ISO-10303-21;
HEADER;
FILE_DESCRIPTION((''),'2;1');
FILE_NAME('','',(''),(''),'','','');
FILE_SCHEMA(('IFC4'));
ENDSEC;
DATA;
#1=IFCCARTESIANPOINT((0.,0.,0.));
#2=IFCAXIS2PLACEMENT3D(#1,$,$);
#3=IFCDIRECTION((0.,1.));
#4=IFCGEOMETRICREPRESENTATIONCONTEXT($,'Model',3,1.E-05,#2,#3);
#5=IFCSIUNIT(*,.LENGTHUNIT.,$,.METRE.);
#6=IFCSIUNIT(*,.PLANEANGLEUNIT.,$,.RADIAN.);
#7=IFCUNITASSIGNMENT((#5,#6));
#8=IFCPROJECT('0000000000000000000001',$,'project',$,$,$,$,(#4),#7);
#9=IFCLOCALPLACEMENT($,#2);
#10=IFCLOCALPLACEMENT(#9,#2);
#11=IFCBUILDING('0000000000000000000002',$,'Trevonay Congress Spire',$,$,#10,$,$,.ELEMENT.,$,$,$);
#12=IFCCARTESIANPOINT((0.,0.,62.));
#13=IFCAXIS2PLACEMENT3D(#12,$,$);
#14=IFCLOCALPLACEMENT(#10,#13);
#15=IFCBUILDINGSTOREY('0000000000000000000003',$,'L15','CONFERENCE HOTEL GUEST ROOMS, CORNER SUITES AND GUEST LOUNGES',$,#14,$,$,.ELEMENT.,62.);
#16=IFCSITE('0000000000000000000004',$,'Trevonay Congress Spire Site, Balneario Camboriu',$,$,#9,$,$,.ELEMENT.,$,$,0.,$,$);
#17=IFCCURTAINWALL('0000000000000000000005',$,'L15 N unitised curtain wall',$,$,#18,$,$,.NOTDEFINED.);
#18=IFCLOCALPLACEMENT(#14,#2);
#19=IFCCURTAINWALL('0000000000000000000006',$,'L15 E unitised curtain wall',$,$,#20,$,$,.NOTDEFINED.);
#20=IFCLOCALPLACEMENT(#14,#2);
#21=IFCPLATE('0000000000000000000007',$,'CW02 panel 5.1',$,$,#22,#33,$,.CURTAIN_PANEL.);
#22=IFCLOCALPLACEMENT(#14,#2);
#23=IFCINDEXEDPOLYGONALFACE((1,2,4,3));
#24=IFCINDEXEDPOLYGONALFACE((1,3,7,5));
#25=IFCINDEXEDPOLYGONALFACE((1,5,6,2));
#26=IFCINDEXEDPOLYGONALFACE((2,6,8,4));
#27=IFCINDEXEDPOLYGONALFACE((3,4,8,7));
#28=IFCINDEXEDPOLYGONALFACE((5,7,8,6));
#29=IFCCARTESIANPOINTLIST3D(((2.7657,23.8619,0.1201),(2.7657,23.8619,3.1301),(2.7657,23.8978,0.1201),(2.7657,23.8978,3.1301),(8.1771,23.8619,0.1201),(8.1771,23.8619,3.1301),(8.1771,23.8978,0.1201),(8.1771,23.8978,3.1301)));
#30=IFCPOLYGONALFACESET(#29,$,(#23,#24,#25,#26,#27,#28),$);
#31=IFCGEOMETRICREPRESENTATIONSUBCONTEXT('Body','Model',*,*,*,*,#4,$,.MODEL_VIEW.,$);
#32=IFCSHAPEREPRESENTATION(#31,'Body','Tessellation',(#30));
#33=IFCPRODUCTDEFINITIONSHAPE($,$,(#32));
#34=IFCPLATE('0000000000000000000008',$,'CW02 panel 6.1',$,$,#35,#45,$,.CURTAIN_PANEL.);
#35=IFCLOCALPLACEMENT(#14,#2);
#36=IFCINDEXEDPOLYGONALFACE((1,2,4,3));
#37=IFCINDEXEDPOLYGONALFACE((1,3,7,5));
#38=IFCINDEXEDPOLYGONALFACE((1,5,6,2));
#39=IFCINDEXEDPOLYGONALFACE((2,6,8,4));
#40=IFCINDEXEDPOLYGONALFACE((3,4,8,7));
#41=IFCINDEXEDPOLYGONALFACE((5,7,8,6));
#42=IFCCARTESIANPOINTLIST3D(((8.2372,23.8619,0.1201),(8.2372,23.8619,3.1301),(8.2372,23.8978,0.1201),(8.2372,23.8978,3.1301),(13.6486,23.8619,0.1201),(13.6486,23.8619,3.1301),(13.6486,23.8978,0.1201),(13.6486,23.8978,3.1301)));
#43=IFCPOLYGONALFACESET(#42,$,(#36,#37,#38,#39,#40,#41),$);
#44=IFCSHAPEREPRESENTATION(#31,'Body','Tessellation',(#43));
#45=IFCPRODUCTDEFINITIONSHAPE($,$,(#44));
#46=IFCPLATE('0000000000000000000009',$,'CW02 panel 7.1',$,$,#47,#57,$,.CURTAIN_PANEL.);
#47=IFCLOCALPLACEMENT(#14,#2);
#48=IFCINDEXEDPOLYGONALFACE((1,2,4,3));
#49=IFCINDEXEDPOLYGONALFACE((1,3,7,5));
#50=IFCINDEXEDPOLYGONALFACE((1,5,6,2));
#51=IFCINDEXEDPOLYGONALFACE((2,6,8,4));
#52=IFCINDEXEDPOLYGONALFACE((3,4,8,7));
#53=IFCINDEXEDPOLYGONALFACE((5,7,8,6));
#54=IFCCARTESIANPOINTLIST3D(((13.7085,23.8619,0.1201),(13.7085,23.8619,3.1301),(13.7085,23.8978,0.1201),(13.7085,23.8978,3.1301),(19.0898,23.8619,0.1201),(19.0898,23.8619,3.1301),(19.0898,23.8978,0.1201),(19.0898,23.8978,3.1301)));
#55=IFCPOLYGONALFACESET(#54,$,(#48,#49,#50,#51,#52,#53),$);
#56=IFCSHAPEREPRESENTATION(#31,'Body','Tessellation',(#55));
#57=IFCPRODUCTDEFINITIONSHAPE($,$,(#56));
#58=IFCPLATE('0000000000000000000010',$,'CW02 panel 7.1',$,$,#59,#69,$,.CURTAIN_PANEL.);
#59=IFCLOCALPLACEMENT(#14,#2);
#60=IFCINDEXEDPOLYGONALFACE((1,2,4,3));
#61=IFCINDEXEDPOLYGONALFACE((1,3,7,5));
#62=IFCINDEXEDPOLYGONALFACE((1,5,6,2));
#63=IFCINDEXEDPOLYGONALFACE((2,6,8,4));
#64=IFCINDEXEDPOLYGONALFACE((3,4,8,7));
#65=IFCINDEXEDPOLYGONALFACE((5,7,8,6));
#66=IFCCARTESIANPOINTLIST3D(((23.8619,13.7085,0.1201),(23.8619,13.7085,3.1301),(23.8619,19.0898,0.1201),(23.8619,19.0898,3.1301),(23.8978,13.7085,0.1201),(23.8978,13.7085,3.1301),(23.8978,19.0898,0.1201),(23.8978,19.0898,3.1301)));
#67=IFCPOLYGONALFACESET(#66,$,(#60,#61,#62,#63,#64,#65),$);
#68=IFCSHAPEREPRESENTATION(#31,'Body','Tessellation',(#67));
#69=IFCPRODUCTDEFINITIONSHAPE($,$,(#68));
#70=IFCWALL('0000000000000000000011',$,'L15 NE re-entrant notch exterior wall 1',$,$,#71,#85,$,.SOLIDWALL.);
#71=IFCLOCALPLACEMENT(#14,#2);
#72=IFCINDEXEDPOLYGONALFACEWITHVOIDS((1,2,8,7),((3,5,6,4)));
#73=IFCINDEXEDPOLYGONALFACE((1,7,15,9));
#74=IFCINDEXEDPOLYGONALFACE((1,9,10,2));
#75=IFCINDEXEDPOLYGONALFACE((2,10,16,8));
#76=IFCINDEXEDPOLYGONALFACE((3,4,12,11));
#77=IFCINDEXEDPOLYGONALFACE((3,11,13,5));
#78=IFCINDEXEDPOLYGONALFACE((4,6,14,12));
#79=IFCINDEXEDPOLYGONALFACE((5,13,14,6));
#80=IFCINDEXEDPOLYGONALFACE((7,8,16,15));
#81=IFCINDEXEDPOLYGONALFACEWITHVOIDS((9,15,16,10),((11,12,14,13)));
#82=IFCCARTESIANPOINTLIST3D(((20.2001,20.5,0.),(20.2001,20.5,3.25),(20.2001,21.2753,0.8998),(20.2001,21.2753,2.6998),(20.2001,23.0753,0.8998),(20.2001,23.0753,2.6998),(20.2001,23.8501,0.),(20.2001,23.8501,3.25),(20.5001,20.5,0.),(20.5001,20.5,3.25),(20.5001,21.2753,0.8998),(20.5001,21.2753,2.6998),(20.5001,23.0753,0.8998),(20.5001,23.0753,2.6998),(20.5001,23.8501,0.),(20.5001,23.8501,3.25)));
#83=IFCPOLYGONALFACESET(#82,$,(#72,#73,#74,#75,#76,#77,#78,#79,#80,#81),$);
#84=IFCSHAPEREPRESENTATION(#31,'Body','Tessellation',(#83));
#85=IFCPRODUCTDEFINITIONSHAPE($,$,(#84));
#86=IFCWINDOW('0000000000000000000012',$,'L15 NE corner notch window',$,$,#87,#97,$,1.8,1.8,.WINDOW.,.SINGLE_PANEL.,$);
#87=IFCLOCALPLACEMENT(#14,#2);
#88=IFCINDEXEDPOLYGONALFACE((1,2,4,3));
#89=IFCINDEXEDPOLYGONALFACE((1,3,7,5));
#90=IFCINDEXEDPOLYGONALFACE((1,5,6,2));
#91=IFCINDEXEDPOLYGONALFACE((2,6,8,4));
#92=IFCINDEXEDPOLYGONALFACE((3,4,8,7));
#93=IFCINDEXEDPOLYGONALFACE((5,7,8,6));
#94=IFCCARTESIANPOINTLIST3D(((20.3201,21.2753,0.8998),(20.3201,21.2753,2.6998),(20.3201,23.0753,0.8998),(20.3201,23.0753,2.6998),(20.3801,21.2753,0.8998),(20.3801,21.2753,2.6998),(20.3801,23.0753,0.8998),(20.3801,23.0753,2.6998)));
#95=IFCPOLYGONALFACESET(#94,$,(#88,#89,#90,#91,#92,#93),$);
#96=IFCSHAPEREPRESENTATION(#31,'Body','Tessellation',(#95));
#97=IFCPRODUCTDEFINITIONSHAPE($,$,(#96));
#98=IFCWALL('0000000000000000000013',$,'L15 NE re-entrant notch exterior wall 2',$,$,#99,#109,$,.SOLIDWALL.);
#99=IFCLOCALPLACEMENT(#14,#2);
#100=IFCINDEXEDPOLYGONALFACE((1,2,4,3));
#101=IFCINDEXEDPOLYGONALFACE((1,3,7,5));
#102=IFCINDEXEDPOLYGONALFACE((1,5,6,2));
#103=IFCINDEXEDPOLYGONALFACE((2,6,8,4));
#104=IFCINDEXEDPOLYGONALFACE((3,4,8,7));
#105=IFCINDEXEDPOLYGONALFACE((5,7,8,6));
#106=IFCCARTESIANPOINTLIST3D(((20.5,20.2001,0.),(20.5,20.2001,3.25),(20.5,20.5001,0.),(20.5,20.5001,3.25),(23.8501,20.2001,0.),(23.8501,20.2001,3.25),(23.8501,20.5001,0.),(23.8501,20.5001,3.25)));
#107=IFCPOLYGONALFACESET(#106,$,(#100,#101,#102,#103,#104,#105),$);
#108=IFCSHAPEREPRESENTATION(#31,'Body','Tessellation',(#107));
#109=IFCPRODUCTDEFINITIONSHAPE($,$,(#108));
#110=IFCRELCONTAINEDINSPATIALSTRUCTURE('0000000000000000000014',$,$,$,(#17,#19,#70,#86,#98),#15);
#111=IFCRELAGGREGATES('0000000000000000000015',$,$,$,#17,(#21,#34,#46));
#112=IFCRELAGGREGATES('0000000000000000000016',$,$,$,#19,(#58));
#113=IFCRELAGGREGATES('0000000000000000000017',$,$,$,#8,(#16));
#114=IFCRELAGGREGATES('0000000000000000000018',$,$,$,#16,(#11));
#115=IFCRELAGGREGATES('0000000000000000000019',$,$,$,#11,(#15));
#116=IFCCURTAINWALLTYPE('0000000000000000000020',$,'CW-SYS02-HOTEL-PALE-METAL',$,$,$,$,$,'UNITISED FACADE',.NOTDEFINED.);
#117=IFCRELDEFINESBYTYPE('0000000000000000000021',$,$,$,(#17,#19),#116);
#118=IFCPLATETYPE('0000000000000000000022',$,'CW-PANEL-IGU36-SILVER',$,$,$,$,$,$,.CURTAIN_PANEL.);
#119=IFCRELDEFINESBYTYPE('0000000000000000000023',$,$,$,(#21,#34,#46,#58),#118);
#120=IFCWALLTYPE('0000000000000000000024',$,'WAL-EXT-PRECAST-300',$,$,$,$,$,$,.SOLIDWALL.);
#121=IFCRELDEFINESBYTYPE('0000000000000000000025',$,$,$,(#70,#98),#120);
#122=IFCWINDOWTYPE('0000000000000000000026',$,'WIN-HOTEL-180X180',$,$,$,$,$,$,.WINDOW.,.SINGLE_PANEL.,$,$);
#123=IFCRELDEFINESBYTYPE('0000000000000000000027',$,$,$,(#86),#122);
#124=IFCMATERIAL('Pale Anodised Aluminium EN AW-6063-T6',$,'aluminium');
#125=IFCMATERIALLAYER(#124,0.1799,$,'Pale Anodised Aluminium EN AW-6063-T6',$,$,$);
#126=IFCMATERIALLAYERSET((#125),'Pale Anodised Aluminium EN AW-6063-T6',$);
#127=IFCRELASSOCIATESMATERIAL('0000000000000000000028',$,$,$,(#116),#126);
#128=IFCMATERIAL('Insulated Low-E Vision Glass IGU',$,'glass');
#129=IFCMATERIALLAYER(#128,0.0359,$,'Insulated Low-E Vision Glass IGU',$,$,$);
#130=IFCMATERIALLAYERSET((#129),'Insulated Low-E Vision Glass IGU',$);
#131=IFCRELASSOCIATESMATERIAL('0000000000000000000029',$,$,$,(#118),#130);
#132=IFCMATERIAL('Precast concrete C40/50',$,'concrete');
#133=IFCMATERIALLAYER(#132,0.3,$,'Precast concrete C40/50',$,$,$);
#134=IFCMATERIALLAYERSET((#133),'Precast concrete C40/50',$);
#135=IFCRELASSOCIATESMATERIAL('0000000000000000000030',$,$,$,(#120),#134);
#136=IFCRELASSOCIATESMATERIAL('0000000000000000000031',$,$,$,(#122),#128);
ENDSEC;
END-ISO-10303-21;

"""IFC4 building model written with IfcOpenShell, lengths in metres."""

from ifc_helpers import new_model, si_unit, direction, frame, frame_2d, origin, origin_2d, place, context, subcontext, project, spatial, rectangle, extrude, material, layer, layer_set, type_object, element, fill, aggregate, save


model = new_model("IFC4")

# Units and contexts
model_context = context("Model", 3, precision=1e-05, world=origin(), true_north=direction((0.0, 1.0)))
body_context = subcontext(model_context, "Body", "Model", "MODEL_VIEW")
ifc_project = project(units=[si_unit("LENGTHUNIT", "METRE"), si_unit("PLANEANGLEUNIT", "RADIAN")], contexts=[model_context])

# Site, building, storey
site_placement = place(None, origin())
site = spatial("IfcSite", under=ifc_project, at=site_placement, Name="Trevonay Congress Spire Site, Balneario Camboriu", CompositionType="ELEMENT", RefElevation=0.0)
building_placement = place(site_placement, origin())
building = spatial("IfcBuilding", under=site, at=building_placement, Name="Trevonay Congress Spire", CompositionType="ELEMENT")
storey_placement = place(building_placement, frame((0.0, 0.0, 62.0)))
storey = spatial("IfcBuildingStorey", under=building, at=storey_placement, Name="L15", Description="CONFERENCE HOTEL GUEST ROOMS, CORNER SUITES AND GUEST LOUNGES", CompositionType="ELEMENT", Elevation=62.0)

# Curtain walls
ifc_material_1 = material(Name="Pale Anodised Aluminium EN AW-6063-T6", Category="aluminium")
ifc_layer_1 = layer(ifc_material_1, 0.1799, Name="Pale Anodised Aluminium EN AW-6063-T6")
ifc_layer_set_1 = layer_set([ifc_layer_1], Name="Pale Anodised Aluminium EN AW-6063-T6")
curtain_wall_type = type_object("IfcCurtainWallType", Name="CW-SYS02-HOTEL-PALE-METAL", ElementType="UNITISED FACADE", PredefinedType="NOTDEFINED", material=ifc_layer_set_1)
curtain_wall_1_placement = place(storey_placement, origin())
curtain_wall_1 = element("IfcCurtainWall", 1, at=curtain_wall_1_placement, inside=storey, type_object=curtain_wall_type, Name="L15 N unitised curtain wall", PredefinedType="NOTDEFINED")
curtain_wall_2_placement = place(storey_placement, origin())
curtain_wall_2 = element("IfcCurtainWall", 2, at=curtain_wall_2_placement, inside=storey, type_object=curtain_wall_type, Name="L15 E unitised curtain wall", PredefinedType="NOTDEFINED")

# Plates
ifc_material_2 = material(Name="Insulated Low-E Vision Glass IGU", Category="glass")
ifc_layer_2 = layer(ifc_material_2, 0.0359, Name="Insulated Low-E Vision Glass IGU")
ifc_layer_set_2 = layer_set([ifc_layer_2], Name="Insulated Low-E Vision Glass IGU")
plate_type = type_object("IfcPlateType", Name="CW-PANEL-IGU36-SILVER", PredefinedType="CURTAIN_PANEL", material=ifc_layer_set_2)
plate_1_placement = place(storey_placement, frame((5.4714, 23.8799, 0.1201), z_axis=(0.0, 0.0, 1.0), x_axis=(1.0, 0.0, 0.0)))
plate_1 = element("IfcPlate", 3, at=plate_1_placement, type_object=plate_type, Name="CW02 panel 5.1", PredefinedType="CURTAIN_PANEL", context=body_context, shape_type="SweptSolid", body=[
    extrude(rectangle(XDim=5.4114, YDim=0.0359, at=origin_2d()), origin(), (0.0, 0.0, 1.0), 3.01),
])
plate_2_placement = place(storey_placement, frame((10.9429, 23.8799, 0.1201), z_axis=(0.0, 0.0, 1.0), x_axis=(1.0, 0.0, 0.0)))
plate_2 = element("IfcPlate", 4, at=plate_2_placement, type_object=plate_type, Name="CW02 panel 6.1", PredefinedType="CURTAIN_PANEL", context=body_context, shape_type="SweptSolid", body=[
    extrude(rectangle(XDim=5.4114, YDim=0.0359, at=origin_2d()), origin(), (0.0, 0.0, 1.0), 3.01),
])
plate_3_placement = place(storey_placement, frame((16.3992, 23.8799, 0.1201), z_axis=(0.0, 0.0, 1.0), x_axis=(1.0, 0.0, 0.0)))
plate_3 = element("IfcPlate", 5, at=plate_3_placement, type_object=plate_type, Name="CW02 panel 7.1", PredefinedType="CURTAIN_PANEL", context=body_context, shape_type="SweptSolid", body=[
    extrude(rectangle(XDim=5.3813, YDim=0.0359, at=origin_2d()), origin(), (0.0, 0.0, 1.0), 3.01),
])
aggregate(curtain_wall_1, [plate_1, plate_2, plate_3])
plate_4_placement = place(storey_placement, frame((23.8799, 16.3992, 0.1201), z_axis=(0.0, 0.0, 1.0), x_axis=(0.0, 1.0, 0.0)))
plate_4 = element("IfcPlate", 6, at=plate_4_placement, type_object=plate_type, Name="CW02 panel 7.1", PredefinedType="CURTAIN_PANEL", context=body_context, shape_type="SweptSolid", body=[
    extrude(rectangle(XDim=5.3813, YDim=0.0359, at=origin_2d()), origin(), (0.0, 0.0, 1.0), 3.01),
])
aggregate(curtain_wall_2, [plate_4])

# Wall, opening, window
ifc_material_3 = material(Name="Precast concrete C40/50", Category="concrete")
ifc_layer_3 = layer(ifc_material_3, 0.3, Name="Precast concrete C40/50")
ifc_layer_set_3 = layer_set([ifc_layer_3], Name="Precast concrete C40/50")
wall_type = type_object("IfcWallType", Name="WAL-EXT-PRECAST-300", PredefinedType="SOLIDWALL", material=ifc_layer_set_3)
wall_1_placement = place(storey_placement, frame((20.3501, 23.8501, 0.0), z_axis=(0.0, 0.0, 1.0), x_axis=(0.0, -1.0, 0.0)))
wall_1 = element("IfcWall", 7, at=wall_1_placement, inside=storey, type_object=wall_type, Name="L15 NE re-entrant notch exterior wall 1", PredefinedType="SOLIDWALL", context=body_context, shape_type="SweptSolid", body=[
    extrude(rectangle(XDim=3.3501, YDim=0.3, at=frame_2d((1.675, 0.0))), origin(), (0.0, 0.0, 1.0), 3.25),
])
opening_placement = place(wall_1_placement, frame((0.7749, 0.0, 0.8999)))
opening = element("IfcOpeningElement", 8, at=opening_placement, cuts=wall_1, PredefinedType="OPENING", context=body_context, shape_type="SweptSolid", body=[
    extrude(rectangle(XDim=1.8, YDim=1.8, at=frame_2d((0.8999, 0.8999))), frame((0.0, 0.1602, 0.0), z_axis=(0.0, -1.0, 0.0), x_axis=(1.0, 0.0, 0.0)), (0.0, 0.0, 1.0), 0.3201),
])
window_type = type_object("IfcWindowType", Name="WIN-HOTEL-180X180", PartitioningType="SINGLE_PANEL", PredefinedType="WINDOW", material=ifc_material_2)
window_placement = place(opening_placement, origin())
window = element("IfcWindow", 9, at=window_placement, inside=storey, type_object=window_type, Name="L15 NE corner notch window", OverallHeight=1.8, OverallWidth=1.8, PartitioningType="SINGLE_PANEL", PredefinedType="WINDOW", context=body_context, shape_type="SweptSolid", body=[
    extrude(rectangle(XDim=1.8, YDim=1.8, at=frame_2d((0.8999, 0.8999))), frame((0.0, 0.03, 0.0), z_axis=(0.0, -1.0, 0.0), x_axis=(1.0, 0.0, 0.0)), (0.0, 0.0, 1.0), 0.0601),
])
fill(opening, window)

# Wall
wall_2_placement = place(storey_placement, frame((23.8501, 20.3501, 0.0), z_axis=(0.0, 0.0, 1.0), x_axis=(-1.0, 0.0, 0.0)))
element("IfcWall", 10, at=wall_2_placement, inside=storey, type_object=wall_type, Name="L15 NE re-entrant notch exterior wall 2", PredefinedType="SOLIDWALL", context=body_context, shape_type="SweptSolid", body=[
    extrude(rectangle(XDim=3.3501, YDim=0.3, at=frame_2d((1.675, 0.0))), origin(), (0.0, 0.0, 1.0), 3.25),
])

save(model, "model.ifc")
